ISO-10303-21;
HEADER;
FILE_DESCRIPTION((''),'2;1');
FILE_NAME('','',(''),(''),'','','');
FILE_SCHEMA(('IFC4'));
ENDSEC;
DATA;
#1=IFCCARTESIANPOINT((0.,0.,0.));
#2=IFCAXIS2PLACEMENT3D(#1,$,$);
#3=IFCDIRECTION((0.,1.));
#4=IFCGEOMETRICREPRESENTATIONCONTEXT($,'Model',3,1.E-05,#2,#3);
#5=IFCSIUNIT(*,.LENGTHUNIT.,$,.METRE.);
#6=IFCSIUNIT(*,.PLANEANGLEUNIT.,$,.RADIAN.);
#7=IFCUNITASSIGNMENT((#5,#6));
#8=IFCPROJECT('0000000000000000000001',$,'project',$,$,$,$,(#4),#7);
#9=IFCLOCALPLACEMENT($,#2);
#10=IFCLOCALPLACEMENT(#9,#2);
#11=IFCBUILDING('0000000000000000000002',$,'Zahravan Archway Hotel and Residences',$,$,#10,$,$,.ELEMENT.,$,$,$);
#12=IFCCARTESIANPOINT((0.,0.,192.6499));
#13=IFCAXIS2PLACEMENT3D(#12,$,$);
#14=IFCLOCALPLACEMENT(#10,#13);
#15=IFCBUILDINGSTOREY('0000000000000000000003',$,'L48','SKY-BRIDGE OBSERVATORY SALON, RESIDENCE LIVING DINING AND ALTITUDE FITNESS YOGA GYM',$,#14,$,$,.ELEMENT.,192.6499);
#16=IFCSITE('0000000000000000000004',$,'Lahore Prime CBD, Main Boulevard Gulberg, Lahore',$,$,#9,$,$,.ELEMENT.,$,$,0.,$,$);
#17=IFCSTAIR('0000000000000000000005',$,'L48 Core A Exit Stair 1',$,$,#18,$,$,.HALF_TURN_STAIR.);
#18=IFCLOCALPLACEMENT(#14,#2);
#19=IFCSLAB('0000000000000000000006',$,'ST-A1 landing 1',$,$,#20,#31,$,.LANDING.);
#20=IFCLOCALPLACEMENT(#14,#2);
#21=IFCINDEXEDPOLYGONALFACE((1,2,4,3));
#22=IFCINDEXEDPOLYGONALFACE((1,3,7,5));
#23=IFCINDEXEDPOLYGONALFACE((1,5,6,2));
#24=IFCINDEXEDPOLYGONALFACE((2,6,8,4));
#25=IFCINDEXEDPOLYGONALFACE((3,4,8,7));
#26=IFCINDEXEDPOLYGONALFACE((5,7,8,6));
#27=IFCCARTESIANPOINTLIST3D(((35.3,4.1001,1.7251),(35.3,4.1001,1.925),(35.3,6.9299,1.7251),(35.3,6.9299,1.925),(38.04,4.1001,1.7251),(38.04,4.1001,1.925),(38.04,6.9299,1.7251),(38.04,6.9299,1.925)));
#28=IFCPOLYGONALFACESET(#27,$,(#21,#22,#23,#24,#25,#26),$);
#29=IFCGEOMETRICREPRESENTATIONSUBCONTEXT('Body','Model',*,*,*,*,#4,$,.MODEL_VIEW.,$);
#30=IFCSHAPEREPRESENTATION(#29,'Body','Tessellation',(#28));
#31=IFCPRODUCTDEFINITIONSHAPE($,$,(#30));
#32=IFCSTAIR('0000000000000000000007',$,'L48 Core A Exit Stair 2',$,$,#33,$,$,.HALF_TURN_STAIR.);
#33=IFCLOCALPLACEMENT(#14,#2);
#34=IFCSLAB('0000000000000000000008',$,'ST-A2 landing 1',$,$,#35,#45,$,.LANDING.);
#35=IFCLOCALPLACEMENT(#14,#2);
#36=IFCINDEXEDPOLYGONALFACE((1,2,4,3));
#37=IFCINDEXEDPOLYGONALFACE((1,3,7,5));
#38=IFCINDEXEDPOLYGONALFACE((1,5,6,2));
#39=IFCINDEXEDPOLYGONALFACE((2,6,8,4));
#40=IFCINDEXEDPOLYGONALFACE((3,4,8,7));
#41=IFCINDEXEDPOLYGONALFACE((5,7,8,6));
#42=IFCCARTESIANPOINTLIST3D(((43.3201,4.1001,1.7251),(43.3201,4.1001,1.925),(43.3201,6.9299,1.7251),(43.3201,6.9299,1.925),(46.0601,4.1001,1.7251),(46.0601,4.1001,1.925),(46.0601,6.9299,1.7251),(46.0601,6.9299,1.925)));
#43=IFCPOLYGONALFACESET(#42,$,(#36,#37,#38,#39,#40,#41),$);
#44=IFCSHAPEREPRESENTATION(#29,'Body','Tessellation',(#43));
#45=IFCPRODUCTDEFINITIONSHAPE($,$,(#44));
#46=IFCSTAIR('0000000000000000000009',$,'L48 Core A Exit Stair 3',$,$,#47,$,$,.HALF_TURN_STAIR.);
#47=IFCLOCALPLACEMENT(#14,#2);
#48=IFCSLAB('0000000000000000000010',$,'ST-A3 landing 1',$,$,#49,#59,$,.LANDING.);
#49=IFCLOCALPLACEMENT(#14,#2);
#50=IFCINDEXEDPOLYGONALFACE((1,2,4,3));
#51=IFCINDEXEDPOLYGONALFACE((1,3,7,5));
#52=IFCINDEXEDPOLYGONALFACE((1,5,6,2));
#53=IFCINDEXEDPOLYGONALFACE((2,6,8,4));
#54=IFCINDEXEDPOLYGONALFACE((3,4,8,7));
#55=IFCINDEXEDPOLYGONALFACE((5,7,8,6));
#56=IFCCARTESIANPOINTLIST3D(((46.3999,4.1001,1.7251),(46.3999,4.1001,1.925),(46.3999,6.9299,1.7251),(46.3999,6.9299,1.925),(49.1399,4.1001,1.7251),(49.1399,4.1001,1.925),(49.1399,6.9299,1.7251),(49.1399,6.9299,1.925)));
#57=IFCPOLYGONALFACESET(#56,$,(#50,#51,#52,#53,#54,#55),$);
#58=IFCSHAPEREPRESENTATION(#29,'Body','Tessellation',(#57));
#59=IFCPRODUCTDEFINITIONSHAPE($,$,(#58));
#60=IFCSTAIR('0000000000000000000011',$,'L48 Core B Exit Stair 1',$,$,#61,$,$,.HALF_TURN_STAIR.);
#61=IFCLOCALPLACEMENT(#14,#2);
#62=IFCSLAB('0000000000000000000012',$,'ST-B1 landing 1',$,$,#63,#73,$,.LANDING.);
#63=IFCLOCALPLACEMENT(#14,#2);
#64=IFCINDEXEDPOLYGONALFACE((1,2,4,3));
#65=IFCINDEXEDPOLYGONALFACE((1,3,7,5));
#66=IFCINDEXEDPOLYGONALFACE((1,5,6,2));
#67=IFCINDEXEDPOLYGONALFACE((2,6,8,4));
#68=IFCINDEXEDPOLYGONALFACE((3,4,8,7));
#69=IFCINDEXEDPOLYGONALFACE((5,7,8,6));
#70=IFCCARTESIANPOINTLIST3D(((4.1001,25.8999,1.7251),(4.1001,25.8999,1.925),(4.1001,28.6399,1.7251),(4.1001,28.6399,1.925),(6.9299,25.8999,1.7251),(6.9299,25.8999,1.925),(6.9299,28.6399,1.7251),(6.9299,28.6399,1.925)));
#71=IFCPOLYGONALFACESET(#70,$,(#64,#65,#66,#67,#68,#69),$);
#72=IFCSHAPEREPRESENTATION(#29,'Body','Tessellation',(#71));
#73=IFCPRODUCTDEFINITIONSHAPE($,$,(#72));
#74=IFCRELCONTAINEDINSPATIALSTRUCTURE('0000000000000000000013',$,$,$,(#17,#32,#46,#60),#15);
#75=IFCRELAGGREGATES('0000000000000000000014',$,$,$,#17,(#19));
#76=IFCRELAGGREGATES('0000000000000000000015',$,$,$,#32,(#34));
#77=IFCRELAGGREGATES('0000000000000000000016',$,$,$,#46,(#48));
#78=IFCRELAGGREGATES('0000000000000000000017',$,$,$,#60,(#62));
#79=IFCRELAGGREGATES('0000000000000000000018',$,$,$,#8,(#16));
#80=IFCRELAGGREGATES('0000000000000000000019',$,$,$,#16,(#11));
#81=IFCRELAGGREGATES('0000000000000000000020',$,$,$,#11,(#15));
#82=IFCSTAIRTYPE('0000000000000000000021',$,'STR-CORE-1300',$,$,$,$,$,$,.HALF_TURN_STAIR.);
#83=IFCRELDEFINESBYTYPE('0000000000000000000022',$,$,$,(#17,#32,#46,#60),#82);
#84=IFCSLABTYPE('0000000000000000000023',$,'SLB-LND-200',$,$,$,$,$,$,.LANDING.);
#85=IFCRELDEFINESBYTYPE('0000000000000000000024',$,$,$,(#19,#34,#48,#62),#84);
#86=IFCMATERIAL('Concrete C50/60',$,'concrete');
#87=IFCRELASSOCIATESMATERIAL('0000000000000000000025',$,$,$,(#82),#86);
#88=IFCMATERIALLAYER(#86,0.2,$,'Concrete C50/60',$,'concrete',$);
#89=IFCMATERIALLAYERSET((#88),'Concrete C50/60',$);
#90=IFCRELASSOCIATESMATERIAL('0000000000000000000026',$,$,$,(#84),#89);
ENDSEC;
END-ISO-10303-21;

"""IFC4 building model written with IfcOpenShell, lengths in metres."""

from ifc_helpers import new_model, si_unit, direction, frame, origin, place, context, subcontext, project, spatial, polyline, outline, extrude, material, layer, layer_set, type_object, element, aggregate, save


model = new_model("IFC4")

# Units and contexts
model_context = context("Model", 3, precision=1e-05, world=origin(), true_north=direction((0.0, 1.0)))
body_context = subcontext(model_context, "Body", "Model", "MODEL_VIEW")
ifc_project = project(units=[si_unit("LENGTHUNIT", "METRE"), si_unit("PLANEANGLEUNIT", "RADIAN")], contexts=[model_context])

# Site, building, storey
site_placement = place(None, origin())
site = spatial("IfcSite", under=ifc_project, at=site_placement, Name="Lahore Prime CBD, Main Boulevard Gulberg, Lahore", CompositionType="ELEMENT", RefElevation=0.0)
building_placement = place(site_placement, origin())
building = spatial("IfcBuilding", under=site, at=building_placement, Name="Zahravan Archway Hotel and Residences", CompositionType="ELEMENT")
storey_placement = place(building_placement, frame((0.0, 0.0, 192.6499)))
storey = spatial("IfcBuildingStorey", under=building, at=storey_placement, Name="L48", Description="SKY-BRIDGE OBSERVATORY SALON, RESIDENCE LIVING DINING AND ALTITUDE FITNESS YOGA GYM", CompositionType="ELEMENT", Elevation=192.6499)

# Stairs, slabs
ifc_material_1 = material(Name="Concrete C50/60", Category="concrete")
stair_type = type_object("IfcStairType", Name="STR-CORE-1300", PredefinedType="HALF_TURN_STAIR", material=ifc_material_1)
stair_1_placement = place(storey_placement, origin())
stair_1 = element("IfcStair", 1, at=stair_1_placement, inside=storey, type_object=stair_type, Name="L48 Core A Exit Stair 1", PredefinedType="HALF_TURN_STAIR")
ifc_layer_1 = layer(ifc_material_1, 0.2, Name="Concrete C50/60", Category="concrete")
ifc_layer_set_1 = layer_set([ifc_layer_1], Name="Concrete C50/60")
slab_type_1 = type_object("IfcSlabType", Name="SLB-LND-200", PredefinedType="LANDING", material=ifc_layer_set_1)
slab_1_placement = place(storey_placement, frame((0.0, 0.0, 1.7251)))
slab_1 = element("IfcSlab", 2, at=slab_1_placement, type_object=slab_type_1, Name="ST-A1 landing 1", PredefinedType="LANDING", context=body_context, shape_type="SweptSolid", body=[
    extrude(outline(polyline([(35.3, 6.9299), (35.3, 4.1001), (38.04, 4.1001), (38.04, 6.9299), (35.3, 6.9299)])), origin(), (0.0, 0.0, 1.0), 0.2),
])
aggregate(stair_1, [slab_1])
stair_2_placement = place(storey_placement, origin())
stair_2 = element("IfcStair", 3, at=stair_2_placement, inside=storey, type_object=stair_type, Name="L48 Core A Exit Stair 2", PredefinedType="HALF_TURN_STAIR")
slab_2_placement = place(storey_placement, frame((0.0, 0.0, 1.7251)))
slab_2 = element("IfcSlab", 4, at=slab_2_placement, type_object=slab_type_1, Name="ST-A2 landing 1", PredefinedType="LANDING", context=body_context, shape_type="SweptSolid", body=[
    extrude(outline(polyline([(43.3201, 6.9299), (43.3201, 4.1001), (46.0601, 4.1001), (46.0601, 6.9299), (43.3201, 6.9299)])), origin(), (0.0, 0.0, 1.0), 0.2),
])
aggregate(stair_2, [slab_2])
stair_3_placement = place(storey_placement, origin())
stair_3 = element("IfcStair", 5, at=stair_3_placement, inside=storey, type_object=stair_type, Name="L48 Core A Exit Stair 3", PredefinedType="HALF_TURN_STAIR")
slab_3_placement = place(storey_placement, frame((0.0, 0.0, 1.7251)))
slab_3 = element("IfcSlab", 6, at=slab_3_placement, type_object=slab_type_1, Name="ST-A3 landing 1", PredefinedType="LANDING", context=body_context, shape_type="SweptSolid", body=[
    extrude(outline(polyline([(46.3999, 6.9299), (46.3999, 4.1001), (49.1399, 4.1001), (49.1399, 6.9299), (46.3999, 6.9299)])), origin(), (0.0, 0.0, 1.0), 0.2),
])
aggregate(stair_3, [slab_3])
stair_4_placement = place(storey_placement, origin())
stair_4 = element("IfcStair", 7, at=stair_4_placement, inside=storey, type_object=stair_type, Name="L48 Core B Exit Stair 1", PredefinedType="HALF_TURN_STAIR")
slab_4_placement = place(storey_placement, frame((0.0, 0.0, 1.7251)))
slab_4 = element("IfcSlab", 8, at=slab_4_placement, type_object=slab_type_1, Name="ST-B1 landing 1", PredefinedType="LANDING", context=body_context, shape_type="SweptSolid", body=[
    extrude(outline(polyline([(6.9299, 28.6399), (4.1001, 28.6399), (4.1001, 25.8999), (6.9299, 25.8999), (6.9299, 28.6399)])), origin(), (0.0, 0.0, 1.0), 0.2),
])
aggregate(stair_4, [slab_4])

save(model, "model.ifc")
